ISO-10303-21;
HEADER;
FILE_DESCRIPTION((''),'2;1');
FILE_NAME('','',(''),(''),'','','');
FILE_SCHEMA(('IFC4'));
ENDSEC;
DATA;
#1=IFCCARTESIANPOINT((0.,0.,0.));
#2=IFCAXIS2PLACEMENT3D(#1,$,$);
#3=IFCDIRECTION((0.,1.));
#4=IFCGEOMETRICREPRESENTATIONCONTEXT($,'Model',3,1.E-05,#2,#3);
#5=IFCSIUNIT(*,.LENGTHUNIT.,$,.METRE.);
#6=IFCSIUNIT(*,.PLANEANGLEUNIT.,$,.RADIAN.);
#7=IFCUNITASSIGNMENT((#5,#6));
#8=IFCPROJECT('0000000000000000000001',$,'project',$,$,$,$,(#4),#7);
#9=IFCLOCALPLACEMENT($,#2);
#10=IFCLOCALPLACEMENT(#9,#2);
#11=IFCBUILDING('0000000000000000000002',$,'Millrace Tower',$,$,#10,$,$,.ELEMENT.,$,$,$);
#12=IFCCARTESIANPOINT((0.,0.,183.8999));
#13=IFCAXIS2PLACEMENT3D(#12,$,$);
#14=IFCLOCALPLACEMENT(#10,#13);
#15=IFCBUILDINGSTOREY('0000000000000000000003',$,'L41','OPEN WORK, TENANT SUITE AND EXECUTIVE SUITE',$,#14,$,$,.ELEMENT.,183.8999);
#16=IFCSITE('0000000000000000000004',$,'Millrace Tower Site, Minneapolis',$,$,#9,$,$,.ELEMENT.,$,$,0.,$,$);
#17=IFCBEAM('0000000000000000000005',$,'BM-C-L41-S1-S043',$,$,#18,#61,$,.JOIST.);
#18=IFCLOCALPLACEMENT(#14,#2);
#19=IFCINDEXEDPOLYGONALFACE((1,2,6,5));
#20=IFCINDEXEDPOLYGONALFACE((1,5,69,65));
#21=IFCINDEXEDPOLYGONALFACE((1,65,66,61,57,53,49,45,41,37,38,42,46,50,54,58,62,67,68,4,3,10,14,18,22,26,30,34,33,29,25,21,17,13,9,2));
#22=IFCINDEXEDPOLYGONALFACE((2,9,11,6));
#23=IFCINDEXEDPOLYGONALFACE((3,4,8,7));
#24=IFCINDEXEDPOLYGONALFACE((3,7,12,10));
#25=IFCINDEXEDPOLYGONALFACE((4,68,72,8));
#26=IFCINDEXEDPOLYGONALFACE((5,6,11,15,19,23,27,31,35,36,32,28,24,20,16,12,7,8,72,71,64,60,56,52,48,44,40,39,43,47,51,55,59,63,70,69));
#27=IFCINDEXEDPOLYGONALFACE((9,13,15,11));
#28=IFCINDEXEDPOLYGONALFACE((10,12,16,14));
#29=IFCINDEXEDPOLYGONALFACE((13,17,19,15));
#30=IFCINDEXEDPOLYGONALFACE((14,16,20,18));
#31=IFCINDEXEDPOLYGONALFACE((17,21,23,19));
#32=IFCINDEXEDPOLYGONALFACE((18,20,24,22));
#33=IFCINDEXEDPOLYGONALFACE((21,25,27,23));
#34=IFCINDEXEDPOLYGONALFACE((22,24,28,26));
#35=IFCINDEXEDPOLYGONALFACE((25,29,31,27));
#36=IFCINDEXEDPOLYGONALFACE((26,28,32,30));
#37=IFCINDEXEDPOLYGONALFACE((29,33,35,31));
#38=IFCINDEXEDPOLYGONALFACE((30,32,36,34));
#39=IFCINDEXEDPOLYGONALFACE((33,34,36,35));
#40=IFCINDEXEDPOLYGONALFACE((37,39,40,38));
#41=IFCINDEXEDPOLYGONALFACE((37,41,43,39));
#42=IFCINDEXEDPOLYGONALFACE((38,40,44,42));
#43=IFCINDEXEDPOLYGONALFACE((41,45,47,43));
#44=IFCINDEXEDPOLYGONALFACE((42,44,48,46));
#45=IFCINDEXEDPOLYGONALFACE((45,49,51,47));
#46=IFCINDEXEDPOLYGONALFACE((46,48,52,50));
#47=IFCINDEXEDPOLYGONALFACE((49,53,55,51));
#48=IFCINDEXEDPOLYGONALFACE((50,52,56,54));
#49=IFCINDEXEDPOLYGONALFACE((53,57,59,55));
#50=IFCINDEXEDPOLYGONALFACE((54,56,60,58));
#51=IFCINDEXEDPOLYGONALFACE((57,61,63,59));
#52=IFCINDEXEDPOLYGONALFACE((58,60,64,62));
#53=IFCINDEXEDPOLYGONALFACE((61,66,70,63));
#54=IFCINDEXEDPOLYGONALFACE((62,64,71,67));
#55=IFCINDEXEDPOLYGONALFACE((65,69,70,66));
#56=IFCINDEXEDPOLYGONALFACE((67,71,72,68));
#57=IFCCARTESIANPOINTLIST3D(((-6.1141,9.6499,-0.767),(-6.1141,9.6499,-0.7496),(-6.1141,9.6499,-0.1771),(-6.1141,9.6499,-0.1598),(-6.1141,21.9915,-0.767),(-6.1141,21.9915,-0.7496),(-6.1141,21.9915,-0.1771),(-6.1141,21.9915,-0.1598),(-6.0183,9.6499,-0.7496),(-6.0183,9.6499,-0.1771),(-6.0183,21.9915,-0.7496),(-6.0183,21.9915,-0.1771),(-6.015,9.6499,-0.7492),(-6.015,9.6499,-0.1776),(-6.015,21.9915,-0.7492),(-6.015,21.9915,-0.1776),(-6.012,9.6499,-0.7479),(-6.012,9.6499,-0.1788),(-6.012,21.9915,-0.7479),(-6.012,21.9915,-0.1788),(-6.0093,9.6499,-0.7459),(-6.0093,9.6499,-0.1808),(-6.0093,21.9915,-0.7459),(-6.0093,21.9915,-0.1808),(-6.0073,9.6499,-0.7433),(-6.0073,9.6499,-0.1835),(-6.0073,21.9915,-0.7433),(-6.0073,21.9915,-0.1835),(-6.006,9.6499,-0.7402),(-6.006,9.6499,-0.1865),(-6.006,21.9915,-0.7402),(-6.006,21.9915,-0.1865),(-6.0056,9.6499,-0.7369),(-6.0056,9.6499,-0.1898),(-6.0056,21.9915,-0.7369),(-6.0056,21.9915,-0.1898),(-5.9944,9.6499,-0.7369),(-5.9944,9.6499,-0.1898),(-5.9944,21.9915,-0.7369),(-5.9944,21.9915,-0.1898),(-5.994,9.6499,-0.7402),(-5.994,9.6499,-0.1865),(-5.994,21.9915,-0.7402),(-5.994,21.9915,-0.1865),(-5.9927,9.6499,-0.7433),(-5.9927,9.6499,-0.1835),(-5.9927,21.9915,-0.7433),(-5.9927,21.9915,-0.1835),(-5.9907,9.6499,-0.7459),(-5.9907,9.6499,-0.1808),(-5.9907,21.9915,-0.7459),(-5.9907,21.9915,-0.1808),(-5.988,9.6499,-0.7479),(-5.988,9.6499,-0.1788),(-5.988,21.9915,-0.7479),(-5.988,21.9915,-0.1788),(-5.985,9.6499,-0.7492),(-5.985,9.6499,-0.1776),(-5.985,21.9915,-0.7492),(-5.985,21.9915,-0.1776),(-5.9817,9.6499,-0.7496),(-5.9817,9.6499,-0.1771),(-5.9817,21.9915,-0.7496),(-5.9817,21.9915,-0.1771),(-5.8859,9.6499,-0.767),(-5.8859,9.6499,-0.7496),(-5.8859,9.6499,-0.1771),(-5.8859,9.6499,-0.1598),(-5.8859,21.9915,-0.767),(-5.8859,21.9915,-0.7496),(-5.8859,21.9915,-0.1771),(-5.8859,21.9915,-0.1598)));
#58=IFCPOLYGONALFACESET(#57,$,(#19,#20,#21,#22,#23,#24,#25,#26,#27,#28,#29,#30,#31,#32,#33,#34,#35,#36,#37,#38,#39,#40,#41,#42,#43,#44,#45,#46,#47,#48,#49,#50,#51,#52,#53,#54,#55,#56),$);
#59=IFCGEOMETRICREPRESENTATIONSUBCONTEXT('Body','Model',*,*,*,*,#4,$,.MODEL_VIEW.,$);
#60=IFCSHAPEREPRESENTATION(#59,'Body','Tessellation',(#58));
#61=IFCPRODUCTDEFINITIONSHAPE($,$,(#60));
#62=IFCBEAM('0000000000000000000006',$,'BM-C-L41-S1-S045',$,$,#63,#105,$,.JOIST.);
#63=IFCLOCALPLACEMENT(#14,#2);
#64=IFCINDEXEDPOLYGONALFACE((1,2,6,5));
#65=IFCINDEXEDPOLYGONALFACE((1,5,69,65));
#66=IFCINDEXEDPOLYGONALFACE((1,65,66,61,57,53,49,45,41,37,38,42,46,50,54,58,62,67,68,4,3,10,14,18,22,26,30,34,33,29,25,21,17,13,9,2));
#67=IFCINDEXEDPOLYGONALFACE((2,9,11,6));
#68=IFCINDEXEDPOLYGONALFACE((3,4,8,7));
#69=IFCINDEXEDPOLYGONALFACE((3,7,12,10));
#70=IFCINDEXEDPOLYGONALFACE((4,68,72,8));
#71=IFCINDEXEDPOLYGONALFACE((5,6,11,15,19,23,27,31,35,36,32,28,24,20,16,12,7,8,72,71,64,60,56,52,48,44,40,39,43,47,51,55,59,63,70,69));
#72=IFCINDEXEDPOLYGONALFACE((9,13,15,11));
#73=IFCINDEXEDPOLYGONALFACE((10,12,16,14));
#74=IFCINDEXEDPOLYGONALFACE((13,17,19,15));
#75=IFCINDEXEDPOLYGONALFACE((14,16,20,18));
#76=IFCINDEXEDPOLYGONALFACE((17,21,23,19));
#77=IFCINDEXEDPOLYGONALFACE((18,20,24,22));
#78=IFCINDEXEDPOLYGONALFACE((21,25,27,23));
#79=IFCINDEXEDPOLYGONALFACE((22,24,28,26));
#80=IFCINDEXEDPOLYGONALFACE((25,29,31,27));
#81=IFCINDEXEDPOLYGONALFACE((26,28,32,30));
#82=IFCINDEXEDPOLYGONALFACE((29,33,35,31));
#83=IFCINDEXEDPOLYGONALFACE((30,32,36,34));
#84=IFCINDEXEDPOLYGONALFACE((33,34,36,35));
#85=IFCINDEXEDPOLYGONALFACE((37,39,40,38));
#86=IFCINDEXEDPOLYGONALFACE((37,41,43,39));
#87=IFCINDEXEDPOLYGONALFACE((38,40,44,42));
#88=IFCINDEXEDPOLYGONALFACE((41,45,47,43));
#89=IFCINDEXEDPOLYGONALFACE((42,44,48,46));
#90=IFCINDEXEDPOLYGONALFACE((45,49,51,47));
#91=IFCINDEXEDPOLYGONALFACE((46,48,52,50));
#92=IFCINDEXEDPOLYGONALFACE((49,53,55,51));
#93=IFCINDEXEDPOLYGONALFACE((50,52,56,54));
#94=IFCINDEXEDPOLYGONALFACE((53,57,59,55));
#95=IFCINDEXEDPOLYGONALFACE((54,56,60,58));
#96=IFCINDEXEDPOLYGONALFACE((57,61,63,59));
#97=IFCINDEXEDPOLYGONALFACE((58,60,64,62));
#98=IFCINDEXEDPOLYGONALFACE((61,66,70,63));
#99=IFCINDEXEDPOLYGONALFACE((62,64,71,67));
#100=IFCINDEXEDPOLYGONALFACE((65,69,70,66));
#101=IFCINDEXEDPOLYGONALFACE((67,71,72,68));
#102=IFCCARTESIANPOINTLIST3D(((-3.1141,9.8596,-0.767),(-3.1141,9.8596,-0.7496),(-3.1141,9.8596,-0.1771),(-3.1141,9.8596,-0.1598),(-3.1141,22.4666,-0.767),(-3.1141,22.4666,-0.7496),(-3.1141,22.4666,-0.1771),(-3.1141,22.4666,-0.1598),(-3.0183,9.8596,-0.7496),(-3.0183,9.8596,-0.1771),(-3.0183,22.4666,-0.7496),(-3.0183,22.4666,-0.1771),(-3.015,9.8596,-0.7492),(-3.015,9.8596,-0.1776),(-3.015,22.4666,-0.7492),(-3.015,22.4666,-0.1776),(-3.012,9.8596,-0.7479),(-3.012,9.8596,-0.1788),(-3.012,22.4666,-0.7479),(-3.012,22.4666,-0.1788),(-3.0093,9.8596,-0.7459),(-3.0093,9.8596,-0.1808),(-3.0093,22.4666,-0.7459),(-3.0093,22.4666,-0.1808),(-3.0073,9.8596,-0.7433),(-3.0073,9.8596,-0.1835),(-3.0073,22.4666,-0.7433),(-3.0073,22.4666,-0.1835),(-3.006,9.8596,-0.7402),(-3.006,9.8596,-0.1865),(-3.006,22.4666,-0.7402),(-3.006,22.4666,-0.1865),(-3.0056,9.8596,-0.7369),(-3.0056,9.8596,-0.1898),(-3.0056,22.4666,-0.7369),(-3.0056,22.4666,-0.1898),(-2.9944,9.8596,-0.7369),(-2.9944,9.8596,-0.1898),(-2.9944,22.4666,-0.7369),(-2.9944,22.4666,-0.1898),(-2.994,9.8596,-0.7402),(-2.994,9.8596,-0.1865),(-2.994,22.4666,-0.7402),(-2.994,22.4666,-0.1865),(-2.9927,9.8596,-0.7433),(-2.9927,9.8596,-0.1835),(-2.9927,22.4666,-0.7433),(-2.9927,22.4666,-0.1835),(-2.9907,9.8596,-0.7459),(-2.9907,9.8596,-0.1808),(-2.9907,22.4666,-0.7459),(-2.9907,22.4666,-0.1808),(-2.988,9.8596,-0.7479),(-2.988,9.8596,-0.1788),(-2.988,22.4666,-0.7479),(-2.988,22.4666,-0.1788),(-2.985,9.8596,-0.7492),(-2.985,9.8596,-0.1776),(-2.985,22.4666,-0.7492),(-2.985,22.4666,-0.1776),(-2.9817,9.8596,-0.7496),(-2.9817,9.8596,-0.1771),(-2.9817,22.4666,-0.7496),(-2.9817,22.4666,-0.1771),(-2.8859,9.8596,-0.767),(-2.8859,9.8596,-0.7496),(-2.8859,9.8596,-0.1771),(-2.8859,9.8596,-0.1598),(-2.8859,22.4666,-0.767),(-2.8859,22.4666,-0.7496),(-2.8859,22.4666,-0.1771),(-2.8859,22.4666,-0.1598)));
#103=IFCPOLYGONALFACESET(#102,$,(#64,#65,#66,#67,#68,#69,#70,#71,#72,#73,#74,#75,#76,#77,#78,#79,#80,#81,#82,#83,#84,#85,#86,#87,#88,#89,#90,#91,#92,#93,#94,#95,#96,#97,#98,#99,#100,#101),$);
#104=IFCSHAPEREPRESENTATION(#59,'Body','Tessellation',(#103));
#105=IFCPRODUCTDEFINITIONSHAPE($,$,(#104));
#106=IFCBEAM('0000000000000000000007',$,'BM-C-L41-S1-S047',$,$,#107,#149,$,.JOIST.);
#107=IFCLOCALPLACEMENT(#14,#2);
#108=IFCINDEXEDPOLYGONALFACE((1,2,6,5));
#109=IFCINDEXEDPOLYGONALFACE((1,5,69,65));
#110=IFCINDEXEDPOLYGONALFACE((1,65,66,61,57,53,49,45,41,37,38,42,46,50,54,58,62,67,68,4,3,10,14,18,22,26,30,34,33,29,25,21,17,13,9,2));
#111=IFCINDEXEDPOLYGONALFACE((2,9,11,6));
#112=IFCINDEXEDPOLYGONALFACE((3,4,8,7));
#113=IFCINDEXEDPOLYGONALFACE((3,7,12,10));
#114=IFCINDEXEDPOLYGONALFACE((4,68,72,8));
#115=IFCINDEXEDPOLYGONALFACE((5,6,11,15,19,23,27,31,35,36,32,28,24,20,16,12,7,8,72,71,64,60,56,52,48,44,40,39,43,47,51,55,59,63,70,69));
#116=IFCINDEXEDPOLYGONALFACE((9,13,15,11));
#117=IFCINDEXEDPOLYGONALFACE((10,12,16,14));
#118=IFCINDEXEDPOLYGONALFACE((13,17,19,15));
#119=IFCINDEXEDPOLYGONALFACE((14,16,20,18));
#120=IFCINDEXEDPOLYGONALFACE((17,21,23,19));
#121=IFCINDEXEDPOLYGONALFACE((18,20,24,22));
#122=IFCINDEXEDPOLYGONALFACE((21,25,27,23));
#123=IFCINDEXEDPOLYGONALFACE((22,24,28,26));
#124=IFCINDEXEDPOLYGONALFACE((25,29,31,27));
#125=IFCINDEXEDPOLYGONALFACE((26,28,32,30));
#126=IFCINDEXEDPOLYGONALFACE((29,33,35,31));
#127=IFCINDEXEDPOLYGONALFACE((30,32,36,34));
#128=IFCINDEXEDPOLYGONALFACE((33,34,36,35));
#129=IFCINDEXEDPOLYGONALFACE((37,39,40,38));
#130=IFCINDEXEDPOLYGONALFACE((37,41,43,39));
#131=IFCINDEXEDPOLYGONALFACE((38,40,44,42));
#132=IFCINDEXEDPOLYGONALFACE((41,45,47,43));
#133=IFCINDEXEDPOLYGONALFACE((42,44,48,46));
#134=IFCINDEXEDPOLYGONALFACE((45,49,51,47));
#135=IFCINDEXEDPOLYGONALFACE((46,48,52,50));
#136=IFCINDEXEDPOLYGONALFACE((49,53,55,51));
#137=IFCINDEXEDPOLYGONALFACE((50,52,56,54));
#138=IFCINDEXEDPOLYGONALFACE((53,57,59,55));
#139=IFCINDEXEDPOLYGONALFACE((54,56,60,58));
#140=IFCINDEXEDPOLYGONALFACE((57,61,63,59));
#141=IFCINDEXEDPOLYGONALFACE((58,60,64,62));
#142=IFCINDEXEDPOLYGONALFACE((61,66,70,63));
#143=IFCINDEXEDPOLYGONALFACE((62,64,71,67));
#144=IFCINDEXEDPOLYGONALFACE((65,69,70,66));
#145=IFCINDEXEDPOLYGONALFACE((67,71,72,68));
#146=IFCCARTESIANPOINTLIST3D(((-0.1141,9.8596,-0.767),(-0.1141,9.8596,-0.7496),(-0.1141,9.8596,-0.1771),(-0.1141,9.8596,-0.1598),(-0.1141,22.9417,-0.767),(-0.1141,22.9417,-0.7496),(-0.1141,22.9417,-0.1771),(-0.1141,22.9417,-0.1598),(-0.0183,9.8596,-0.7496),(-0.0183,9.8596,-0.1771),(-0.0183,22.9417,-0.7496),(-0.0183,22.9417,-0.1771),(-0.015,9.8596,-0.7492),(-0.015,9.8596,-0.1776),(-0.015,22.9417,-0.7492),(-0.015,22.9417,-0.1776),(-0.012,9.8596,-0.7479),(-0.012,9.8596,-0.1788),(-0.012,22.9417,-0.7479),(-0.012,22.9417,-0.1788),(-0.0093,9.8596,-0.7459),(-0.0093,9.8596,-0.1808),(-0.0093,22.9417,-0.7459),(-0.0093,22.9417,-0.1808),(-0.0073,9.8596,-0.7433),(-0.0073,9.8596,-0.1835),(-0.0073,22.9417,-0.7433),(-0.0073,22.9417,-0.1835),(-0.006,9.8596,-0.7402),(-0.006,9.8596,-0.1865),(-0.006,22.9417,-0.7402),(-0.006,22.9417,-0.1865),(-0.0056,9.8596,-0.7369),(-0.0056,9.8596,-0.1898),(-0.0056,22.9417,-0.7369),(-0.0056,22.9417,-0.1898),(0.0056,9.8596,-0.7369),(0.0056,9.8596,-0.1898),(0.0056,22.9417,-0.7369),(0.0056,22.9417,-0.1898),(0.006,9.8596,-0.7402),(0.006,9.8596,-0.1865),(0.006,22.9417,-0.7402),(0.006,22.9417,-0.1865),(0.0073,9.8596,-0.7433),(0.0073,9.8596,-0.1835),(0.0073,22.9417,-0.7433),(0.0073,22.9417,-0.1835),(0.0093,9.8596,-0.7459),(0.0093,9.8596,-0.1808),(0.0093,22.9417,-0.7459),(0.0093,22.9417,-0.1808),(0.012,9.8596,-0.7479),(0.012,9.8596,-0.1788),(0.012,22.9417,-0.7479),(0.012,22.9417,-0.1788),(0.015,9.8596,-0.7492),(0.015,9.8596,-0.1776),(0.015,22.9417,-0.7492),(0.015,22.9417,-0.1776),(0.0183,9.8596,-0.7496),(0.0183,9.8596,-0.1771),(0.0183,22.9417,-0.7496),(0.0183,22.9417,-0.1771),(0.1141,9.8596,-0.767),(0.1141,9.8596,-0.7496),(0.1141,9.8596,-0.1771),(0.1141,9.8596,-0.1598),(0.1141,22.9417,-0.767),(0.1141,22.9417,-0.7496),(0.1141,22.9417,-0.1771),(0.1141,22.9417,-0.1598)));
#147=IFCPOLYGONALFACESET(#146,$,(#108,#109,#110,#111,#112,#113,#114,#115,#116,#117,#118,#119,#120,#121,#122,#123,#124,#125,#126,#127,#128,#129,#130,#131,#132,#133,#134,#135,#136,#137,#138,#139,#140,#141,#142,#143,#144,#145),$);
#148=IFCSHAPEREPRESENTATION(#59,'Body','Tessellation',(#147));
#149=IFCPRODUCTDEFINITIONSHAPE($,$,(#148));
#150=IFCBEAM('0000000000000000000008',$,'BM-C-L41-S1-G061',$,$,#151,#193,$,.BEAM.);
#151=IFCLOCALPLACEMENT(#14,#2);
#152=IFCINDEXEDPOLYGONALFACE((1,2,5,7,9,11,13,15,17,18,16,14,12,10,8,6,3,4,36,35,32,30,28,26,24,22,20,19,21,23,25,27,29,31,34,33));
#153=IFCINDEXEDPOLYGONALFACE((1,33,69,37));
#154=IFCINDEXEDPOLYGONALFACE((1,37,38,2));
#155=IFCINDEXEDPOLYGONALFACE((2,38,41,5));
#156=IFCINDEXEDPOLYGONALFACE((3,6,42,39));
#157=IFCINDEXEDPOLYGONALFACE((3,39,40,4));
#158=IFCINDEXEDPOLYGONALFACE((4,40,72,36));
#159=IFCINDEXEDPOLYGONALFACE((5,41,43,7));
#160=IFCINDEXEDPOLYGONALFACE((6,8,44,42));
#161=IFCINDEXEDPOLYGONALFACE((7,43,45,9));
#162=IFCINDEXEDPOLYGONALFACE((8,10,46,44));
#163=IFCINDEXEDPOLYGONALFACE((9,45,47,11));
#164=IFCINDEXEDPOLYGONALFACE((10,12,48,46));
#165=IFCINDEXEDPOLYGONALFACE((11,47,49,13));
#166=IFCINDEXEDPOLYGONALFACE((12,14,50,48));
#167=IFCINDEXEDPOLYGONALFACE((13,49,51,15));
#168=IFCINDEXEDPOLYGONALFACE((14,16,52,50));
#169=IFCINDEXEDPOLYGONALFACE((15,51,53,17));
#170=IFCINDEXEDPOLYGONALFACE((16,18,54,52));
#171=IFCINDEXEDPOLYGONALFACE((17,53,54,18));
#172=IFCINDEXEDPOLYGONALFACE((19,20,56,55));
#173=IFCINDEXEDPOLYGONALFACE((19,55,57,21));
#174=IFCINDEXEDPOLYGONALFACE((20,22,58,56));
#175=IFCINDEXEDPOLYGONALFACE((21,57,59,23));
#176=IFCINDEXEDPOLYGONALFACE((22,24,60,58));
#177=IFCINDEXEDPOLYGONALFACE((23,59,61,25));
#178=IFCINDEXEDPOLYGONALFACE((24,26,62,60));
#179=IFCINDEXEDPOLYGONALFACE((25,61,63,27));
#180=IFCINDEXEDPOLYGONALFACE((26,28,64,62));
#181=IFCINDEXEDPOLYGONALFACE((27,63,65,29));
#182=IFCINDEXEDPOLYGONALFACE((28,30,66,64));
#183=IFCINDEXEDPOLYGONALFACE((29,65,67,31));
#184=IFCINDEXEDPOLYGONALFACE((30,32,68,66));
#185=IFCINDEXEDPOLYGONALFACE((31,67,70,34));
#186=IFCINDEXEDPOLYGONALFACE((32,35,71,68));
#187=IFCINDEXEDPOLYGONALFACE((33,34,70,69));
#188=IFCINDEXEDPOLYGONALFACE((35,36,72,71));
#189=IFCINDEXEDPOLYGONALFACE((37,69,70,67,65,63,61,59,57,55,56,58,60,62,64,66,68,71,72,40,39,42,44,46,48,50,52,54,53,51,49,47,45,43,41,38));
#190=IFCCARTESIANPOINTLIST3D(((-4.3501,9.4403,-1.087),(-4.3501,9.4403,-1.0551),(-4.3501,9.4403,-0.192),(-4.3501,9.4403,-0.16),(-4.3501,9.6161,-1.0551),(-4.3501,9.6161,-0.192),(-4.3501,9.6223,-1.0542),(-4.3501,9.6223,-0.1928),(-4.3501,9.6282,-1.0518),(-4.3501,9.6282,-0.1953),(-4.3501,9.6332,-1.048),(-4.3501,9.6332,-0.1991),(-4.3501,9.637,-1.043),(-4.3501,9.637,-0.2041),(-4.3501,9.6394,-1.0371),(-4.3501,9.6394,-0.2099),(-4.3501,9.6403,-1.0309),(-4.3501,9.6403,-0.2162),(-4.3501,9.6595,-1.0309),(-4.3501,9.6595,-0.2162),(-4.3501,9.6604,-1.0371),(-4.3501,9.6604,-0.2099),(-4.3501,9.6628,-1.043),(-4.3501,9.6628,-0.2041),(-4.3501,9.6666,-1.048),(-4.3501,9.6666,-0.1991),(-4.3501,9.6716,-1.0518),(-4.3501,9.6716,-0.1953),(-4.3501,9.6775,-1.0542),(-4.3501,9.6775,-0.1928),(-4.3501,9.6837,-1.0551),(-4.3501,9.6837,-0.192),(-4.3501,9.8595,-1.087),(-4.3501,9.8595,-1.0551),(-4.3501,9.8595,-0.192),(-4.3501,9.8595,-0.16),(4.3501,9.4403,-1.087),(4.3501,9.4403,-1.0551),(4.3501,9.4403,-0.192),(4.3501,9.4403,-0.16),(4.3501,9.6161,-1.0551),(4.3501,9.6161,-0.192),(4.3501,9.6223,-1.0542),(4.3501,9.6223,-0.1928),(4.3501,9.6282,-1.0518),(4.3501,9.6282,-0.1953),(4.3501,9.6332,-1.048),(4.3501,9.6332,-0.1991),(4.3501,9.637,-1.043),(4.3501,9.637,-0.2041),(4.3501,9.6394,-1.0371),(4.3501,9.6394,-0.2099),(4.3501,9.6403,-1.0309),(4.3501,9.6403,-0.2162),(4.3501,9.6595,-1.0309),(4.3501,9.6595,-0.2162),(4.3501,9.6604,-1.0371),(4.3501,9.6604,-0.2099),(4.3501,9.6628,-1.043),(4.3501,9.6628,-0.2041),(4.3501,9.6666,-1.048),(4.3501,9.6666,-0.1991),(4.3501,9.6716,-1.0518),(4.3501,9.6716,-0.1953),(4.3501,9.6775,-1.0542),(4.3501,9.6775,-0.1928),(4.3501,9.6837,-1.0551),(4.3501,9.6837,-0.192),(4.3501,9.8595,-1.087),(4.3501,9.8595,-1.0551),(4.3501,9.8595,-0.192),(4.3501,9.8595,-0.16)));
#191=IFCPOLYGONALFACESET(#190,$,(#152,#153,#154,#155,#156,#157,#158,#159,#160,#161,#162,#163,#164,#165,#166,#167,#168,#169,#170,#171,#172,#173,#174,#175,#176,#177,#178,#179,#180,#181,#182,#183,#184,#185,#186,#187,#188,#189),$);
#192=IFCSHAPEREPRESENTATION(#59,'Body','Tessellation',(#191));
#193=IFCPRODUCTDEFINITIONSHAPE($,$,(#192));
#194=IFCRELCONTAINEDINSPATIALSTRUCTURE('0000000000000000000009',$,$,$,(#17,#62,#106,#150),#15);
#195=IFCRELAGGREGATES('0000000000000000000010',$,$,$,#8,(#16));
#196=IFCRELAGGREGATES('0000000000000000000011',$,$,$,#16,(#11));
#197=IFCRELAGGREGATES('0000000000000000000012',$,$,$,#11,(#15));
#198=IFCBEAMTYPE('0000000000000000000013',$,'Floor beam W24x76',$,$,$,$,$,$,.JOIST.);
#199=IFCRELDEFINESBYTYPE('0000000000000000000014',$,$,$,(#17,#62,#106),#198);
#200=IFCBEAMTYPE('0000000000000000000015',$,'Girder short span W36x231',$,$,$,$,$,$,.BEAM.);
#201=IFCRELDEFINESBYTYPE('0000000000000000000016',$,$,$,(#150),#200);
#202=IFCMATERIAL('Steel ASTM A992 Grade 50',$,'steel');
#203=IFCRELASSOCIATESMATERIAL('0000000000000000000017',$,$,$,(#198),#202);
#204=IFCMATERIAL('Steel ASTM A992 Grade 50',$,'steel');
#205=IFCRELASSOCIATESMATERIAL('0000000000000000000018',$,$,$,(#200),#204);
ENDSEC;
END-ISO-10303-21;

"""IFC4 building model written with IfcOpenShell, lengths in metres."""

from ifc_helpers import new_model, si_unit, direction, frame, origin, origin_2d, place, context, subcontext, project, spatial, i_section, extrude, material, material_profile, profile_set, type_object, element, save


model = new_model("IFC4")

# Units and contexts
model_context = context("Model", 3, precision=1e-05, world=origin(), true_north=direction((0.0, 1.0)))
body_context = subcontext(model_context, "Body", "Model", "MODEL_VIEW")
ifc_project = project(units=[si_unit("LENGTHUNIT", "METRE"), si_unit("PLANEANGLEUNIT", "RADIAN")], contexts=[model_context])

# Site, building, storey
site_placement = place(None, origin())
site = spatial("IfcSite", under=ifc_project, at=site_placement, Name="Millrace Tower Site, Minneapolis", CompositionType="ELEMENT", RefElevation=0.0)
building_placement = place(site_placement, origin())
building = spatial("IfcBuilding", under=site, at=building_placement, Name="Millrace Tower", CompositionType="ELEMENT")
storey_placement = place(building_placement, frame((0.0, 0.0, 183.8999)))
storey = spatial("IfcBuildingStorey", under=building, at=storey_placement, Name="L41", Description="OPEN WORK, TENANT SUITE AND EXECUTIVE SUITE", CompositionType="ELEMENT", Elevation=183.8999)

# Beams
ifc_material_1 = material(Name="Steel ASTM A992 Grade 50", Category="steel")
ifc_material_profile_1 = material_profile(ifc_material_1, i_section(OverallWidth=0.2283, OverallDepth=0.6072, WebThickness=0.0112, FlangeThickness=0.0173, FilletRadius=0.0127, at=origin_2d()))
ifc_profile_set_1 = profile_set([ifc_material_profile_1], Name="Steel ASTM A992 Grade 50")
beam_type_1 = type_object("IfcBeamType", Name="Floor beam W24x76", PredefinedType="JOIST", material=ifc_profile_set_1)
beam_1_placement = place(storey_placement, frame((-6.0, 9.6499, -0.4634), z_axis=(0.0, 1.0, 0.0), x_axis=(-1.0, 0.0, 0.0)))
element("IfcBeam", 1, at=beam_1_placement, inside=storey, type_object=beam_type_1, Name="BM-C-L41-S1-S043", PredefinedType="JOIST", context=body_context, shape_type="SweptSolid", body=[
    extrude(i_section(OverallWidth=0.2283, OverallDepth=0.6072, WebThickness=0.0112, FlangeThickness=0.0173, FilletRadius=0.0127, at=origin_2d()), origin(), (0.0, 0.0, 1.0), 12.3416),
])
beam_2_placement = place(storey_placement, frame((-3.0, 9.8596, -0.4634), z_axis=(0.0, 1.0, 0.0), x_axis=(-1.0, 0.0, 0.0)))
element("IfcBeam", 2, at=beam_2_placement, inside=storey, type_object=beam_type_1, Name="BM-C-L41-S1-S045", PredefinedType="JOIST", context=body_context, shape_type="SweptSolid", body=[
    extrude(i_section(OverallWidth=0.2283, OverallDepth=0.6072, WebThickness=0.0112, FlangeThickness=0.0173, FilletRadius=0.0127, at=origin_2d()), origin(), (0.0, 0.0, 1.0), 12.6069),
])
beam_3_placement = place(storey_placement, frame((0.0, 9.8596, -0.4634), z_axis=(0.0, 1.0, 0.0), x_axis=(-1.0, 0.0, 0.0)))
element("IfcBeam", 3, at=beam_3_placement, inside=storey, type_object=beam_type_1, Name="BM-C-L41-S1-S047", PredefinedType="JOIST", context=body_context, shape_type="SweptSolid", body=[
    extrude(i_section(OverallWidth=0.2283, OverallDepth=0.6072, WebThickness=0.0112, FlangeThickness=0.0173, FilletRadius=0.0127, at=origin_2d()), origin(), (0.0, 0.0, 1.0), 13.082),
])
ifc_material_2 = material(Name="Steel ASTM A992 Grade 50", Category="steel")
ifc_material_profile_2 = material_profile(ifc_material_2, i_section(OverallWidth=0.4192, OverallDepth=0.927, WebThickness=0.0193, FlangeThickness=0.032, FilletRadius=0.0242, at=origin_2d()))
ifc_profile_set_2 = profile_set([ifc_material_profile_2], Name="Steel ASTM A992 Grade 50")
beam_type_2 = type_object("IfcBeamType", Name="Girder short span W36x231", PredefinedType="BEAM", material=ifc_profile_set_2)
beam_4_placement = place(storey_placement, frame((-4.3501, 9.6499, -0.6235), z_axis=(1.0, 0.0, 0.0), x_axis=(0.0, 1.0, 0.0)))
element("IfcBeam", 4, at=beam_4_placement, inside=storey, type_object=beam_type_2, Name="BM-C-L41-S1-G061", PredefinedType="BEAM", context=body_context, shape_type="SweptSolid", body=[
    extrude(i_section(OverallWidth=0.4192, OverallDepth=0.927, WebThickness=0.0193, FlangeThickness=0.032, FilletRadius=0.0242, at=origin_2d()), origin(), (0.0, 0.0, 1.0), 8.7002),
])

save(model, "model.ifc")
